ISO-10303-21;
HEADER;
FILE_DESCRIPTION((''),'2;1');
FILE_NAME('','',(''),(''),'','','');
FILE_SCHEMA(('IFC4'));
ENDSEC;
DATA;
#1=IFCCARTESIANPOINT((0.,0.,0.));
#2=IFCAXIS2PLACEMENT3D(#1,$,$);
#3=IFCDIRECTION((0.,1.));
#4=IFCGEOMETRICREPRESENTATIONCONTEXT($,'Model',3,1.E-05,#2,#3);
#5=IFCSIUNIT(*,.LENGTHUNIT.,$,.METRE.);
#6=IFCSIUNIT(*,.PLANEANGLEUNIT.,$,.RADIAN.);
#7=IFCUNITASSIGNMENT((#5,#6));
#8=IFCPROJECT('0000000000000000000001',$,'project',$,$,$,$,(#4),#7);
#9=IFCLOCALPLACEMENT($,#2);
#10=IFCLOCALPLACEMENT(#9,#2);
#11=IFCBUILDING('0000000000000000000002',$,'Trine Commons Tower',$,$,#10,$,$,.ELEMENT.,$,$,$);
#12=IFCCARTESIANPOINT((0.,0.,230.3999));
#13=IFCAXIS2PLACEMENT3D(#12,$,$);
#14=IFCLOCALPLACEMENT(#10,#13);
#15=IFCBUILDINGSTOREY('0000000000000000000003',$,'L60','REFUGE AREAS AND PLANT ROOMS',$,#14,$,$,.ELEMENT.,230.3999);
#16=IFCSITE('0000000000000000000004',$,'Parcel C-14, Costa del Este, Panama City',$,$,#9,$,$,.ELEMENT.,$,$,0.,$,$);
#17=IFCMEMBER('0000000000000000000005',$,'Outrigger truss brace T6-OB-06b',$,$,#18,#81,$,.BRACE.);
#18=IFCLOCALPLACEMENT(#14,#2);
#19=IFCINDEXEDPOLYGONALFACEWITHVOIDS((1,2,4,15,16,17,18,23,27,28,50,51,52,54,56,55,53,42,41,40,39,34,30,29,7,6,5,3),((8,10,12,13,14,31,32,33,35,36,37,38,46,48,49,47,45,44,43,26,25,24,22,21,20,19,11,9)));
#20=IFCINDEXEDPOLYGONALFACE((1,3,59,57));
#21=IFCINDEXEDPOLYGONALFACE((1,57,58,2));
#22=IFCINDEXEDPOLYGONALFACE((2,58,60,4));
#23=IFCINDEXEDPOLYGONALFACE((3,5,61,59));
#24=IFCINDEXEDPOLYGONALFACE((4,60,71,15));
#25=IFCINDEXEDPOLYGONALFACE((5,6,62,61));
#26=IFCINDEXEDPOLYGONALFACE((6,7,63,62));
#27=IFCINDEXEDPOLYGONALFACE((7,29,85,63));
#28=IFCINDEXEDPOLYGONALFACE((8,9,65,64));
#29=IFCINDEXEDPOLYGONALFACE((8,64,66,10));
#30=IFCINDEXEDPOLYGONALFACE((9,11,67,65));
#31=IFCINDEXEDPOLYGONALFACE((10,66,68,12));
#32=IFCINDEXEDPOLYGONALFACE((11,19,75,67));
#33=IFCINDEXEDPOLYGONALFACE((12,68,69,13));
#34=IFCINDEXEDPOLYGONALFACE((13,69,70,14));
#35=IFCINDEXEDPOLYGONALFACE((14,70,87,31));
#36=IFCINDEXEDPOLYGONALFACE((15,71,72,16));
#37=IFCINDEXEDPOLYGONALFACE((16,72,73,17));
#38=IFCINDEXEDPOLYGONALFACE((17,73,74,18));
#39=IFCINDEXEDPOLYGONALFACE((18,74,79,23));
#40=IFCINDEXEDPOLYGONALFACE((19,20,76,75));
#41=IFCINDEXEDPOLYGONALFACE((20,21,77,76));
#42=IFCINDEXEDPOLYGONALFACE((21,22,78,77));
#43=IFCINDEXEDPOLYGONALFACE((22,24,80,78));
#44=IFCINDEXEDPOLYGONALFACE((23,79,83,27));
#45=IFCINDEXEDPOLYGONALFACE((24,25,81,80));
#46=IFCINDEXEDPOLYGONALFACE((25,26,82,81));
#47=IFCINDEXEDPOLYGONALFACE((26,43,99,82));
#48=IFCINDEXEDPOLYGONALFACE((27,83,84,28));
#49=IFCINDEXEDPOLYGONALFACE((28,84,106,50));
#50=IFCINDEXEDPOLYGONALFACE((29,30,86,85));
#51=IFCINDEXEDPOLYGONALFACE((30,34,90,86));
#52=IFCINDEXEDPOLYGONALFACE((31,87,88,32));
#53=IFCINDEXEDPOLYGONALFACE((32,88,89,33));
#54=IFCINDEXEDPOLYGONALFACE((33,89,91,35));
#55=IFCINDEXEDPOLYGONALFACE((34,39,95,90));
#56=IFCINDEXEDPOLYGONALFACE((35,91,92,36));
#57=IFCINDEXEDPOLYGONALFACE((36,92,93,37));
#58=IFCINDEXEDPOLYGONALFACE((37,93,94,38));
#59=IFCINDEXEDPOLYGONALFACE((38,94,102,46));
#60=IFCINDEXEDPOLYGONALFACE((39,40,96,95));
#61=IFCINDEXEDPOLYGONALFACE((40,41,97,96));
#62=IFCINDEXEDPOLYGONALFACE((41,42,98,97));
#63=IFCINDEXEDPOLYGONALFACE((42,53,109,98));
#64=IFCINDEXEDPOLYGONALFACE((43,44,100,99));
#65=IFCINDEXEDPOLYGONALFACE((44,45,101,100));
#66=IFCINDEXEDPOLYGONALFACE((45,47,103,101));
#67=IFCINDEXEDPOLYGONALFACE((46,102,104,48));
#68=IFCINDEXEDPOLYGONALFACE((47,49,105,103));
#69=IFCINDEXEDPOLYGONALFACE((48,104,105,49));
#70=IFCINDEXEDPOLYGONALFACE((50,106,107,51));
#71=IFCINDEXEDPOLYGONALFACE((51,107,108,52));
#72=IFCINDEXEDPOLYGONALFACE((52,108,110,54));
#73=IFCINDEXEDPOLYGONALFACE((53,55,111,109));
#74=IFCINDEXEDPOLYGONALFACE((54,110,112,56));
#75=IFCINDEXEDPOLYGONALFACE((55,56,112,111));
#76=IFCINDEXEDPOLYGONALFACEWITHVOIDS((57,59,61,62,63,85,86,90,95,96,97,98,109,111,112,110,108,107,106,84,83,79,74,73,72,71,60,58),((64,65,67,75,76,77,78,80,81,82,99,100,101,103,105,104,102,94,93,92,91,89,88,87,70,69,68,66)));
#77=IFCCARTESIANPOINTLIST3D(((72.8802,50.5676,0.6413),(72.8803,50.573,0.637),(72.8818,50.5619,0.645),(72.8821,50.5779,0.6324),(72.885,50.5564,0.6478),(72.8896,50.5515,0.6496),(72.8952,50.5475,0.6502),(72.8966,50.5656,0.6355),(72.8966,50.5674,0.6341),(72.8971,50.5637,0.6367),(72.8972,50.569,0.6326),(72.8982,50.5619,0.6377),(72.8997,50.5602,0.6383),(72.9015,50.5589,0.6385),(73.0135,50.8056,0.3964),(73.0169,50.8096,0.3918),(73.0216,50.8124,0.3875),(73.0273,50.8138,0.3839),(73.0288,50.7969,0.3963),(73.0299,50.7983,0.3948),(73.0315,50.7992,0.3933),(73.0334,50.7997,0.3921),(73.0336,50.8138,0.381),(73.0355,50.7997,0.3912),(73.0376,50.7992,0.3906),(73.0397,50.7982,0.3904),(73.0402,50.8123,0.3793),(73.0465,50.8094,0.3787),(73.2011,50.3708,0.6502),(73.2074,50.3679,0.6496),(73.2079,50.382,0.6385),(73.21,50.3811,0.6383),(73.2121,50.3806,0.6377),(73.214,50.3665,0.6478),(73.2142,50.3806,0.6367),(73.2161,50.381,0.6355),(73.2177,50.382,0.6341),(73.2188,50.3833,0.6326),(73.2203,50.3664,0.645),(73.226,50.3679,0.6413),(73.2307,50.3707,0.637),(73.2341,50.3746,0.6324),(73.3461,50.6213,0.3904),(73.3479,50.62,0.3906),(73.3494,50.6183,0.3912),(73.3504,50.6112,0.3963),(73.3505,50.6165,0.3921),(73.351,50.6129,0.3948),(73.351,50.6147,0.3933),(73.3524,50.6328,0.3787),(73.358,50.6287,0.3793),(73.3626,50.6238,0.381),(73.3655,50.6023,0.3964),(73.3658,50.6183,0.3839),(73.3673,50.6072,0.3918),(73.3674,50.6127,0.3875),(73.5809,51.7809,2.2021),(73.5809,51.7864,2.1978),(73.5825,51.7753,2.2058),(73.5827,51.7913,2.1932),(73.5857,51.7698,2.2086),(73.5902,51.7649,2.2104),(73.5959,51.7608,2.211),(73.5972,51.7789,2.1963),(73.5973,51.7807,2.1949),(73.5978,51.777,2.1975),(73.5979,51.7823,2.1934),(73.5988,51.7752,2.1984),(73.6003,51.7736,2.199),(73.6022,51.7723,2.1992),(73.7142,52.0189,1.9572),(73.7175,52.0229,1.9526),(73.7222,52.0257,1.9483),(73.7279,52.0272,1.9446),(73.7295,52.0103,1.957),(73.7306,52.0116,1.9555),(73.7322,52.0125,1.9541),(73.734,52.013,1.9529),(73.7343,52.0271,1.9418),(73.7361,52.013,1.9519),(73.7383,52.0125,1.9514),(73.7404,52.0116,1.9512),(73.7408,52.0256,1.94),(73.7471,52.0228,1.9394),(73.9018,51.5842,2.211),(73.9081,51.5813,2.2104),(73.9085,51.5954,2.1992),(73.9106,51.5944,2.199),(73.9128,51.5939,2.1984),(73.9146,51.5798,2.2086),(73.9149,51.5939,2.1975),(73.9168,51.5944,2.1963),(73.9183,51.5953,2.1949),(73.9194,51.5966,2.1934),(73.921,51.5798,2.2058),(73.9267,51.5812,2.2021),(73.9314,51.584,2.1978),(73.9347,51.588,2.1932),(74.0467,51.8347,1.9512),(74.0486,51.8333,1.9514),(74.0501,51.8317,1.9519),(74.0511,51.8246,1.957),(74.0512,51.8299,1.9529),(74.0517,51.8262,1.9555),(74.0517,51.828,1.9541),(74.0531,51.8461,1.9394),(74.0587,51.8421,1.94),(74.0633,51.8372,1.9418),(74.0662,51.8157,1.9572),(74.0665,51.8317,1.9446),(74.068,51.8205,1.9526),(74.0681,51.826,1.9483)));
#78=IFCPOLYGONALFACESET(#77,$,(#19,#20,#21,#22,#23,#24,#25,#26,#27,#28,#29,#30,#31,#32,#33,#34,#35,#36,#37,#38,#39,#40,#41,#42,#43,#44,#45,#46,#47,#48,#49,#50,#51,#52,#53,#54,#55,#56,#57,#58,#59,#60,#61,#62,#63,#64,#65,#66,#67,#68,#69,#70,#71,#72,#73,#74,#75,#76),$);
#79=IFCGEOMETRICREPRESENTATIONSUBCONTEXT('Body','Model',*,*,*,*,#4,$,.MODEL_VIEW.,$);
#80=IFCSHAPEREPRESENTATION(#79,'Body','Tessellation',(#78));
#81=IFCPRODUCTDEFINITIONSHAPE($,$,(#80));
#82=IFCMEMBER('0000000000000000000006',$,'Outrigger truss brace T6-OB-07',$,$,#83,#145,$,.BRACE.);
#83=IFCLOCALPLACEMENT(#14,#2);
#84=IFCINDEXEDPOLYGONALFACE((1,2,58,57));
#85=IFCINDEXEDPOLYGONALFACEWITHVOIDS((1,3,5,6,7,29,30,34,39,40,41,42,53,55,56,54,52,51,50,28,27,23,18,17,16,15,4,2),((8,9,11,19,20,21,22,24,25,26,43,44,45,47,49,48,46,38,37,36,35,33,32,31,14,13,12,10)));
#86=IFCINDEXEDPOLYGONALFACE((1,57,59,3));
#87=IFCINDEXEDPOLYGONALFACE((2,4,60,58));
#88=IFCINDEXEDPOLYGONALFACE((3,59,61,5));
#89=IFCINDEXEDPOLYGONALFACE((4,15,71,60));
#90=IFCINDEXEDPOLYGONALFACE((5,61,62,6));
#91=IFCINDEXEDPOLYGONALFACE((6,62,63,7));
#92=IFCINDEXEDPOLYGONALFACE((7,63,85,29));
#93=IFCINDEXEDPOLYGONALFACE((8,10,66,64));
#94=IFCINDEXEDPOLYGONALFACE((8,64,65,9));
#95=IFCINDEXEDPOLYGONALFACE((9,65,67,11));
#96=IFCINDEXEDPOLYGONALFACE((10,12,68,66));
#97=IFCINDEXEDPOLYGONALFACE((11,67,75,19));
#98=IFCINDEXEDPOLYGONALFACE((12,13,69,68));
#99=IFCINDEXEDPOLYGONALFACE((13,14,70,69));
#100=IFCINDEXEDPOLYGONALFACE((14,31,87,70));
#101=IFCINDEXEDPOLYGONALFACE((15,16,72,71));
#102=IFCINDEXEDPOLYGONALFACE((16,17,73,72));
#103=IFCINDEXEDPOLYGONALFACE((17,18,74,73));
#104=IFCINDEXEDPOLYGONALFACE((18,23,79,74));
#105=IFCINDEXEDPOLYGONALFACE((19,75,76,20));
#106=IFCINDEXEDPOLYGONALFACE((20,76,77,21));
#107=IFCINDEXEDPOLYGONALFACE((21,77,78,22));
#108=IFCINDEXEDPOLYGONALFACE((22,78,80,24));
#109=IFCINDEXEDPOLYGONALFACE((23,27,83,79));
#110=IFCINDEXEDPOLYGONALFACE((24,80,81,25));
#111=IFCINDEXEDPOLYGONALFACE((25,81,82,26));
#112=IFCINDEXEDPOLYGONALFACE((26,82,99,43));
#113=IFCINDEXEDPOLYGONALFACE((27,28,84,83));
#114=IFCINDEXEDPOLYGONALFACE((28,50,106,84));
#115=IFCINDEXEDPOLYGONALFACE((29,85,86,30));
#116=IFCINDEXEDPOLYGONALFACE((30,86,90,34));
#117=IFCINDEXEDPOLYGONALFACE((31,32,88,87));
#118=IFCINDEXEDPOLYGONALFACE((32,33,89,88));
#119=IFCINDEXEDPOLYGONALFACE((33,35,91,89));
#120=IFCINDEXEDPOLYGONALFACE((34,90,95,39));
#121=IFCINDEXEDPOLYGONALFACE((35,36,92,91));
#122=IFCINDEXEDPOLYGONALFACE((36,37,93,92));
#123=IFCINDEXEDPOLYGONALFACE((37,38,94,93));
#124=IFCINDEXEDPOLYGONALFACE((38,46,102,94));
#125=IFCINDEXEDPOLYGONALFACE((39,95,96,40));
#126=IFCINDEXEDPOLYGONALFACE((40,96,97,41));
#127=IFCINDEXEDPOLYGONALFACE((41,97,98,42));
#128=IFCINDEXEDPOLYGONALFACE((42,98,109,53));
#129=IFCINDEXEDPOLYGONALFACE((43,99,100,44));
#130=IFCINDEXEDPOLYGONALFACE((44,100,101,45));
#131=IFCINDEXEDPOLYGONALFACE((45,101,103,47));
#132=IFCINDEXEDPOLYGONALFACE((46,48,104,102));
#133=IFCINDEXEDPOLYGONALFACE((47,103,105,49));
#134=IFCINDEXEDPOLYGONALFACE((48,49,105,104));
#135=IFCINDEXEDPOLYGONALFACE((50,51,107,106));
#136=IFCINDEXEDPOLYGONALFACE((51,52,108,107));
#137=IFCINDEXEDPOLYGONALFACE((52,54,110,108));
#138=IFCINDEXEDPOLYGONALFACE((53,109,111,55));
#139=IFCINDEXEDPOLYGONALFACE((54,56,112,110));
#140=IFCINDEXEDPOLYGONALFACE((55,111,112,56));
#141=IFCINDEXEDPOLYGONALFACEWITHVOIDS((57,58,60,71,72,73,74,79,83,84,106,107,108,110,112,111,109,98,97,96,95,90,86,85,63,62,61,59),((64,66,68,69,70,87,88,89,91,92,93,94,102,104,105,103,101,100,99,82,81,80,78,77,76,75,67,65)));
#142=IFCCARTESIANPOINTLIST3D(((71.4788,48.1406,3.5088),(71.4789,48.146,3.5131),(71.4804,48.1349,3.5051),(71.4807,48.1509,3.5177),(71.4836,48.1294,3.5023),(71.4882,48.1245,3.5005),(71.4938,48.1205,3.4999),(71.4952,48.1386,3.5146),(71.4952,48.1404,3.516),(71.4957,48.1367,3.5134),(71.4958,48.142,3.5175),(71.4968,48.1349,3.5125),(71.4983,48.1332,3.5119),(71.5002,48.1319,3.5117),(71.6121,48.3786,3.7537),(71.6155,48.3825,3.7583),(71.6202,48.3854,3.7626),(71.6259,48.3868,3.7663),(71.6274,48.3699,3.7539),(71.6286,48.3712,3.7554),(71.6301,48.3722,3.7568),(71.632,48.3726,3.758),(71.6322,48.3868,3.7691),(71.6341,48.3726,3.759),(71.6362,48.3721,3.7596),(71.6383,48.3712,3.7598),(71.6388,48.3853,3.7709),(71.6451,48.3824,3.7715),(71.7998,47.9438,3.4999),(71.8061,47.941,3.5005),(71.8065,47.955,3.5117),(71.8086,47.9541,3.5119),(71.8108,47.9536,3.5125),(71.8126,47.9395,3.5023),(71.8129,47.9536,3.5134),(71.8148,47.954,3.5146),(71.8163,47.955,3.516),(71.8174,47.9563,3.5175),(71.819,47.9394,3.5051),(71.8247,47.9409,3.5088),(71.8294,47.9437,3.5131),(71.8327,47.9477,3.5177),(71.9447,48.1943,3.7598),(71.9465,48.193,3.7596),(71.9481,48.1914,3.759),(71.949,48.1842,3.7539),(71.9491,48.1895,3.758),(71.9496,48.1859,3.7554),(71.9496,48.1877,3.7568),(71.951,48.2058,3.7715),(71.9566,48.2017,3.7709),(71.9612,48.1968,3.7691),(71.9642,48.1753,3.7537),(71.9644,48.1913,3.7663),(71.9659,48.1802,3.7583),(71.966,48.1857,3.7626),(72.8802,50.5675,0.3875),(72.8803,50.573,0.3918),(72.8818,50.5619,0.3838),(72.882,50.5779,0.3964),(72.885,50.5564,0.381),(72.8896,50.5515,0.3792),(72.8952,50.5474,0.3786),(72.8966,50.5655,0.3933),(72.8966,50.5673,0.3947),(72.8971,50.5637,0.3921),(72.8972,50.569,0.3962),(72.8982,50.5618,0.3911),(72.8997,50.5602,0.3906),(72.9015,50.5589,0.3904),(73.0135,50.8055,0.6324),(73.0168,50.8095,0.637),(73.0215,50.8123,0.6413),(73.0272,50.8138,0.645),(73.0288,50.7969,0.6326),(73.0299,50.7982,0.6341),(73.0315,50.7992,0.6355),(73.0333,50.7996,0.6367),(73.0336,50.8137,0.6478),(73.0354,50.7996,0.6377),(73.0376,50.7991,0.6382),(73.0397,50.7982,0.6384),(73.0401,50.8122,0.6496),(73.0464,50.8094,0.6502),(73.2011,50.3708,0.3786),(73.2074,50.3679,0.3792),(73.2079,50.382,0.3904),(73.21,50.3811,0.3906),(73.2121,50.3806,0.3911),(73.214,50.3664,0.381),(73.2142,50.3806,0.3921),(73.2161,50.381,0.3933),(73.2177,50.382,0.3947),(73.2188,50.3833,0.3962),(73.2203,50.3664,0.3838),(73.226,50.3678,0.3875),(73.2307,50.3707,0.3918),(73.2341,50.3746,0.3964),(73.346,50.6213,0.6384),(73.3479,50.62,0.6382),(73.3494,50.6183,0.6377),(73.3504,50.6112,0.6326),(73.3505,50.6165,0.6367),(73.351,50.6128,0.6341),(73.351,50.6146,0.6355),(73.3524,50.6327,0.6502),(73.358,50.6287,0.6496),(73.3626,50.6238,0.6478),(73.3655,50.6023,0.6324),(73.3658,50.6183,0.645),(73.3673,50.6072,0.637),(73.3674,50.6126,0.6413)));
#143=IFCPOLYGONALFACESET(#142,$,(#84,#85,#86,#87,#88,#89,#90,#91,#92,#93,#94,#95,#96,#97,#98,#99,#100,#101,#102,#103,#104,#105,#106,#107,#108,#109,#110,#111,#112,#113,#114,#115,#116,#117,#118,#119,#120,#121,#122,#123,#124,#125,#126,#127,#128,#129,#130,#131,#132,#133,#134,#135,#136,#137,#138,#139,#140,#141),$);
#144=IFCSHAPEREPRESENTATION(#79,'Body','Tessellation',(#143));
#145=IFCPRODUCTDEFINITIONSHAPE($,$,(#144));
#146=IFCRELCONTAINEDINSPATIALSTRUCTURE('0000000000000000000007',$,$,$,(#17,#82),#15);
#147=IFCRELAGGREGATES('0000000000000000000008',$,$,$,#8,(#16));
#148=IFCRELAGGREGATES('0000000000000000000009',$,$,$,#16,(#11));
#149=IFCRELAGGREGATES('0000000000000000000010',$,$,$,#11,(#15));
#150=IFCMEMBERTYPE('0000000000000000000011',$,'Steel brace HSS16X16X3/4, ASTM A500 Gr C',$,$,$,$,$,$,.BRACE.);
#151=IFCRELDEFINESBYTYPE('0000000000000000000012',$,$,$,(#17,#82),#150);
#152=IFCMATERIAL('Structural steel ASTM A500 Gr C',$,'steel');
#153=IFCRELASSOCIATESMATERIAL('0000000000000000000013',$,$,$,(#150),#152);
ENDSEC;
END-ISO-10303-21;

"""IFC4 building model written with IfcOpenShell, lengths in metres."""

from ifc_helpers import new_model, si_unit, direction, frame, origin, origin_2d, place, context, subcontext, project, spatial, hollow_rectangle, extrude, material, material_profile, profile_set, type_object, element, save


model = new_model("IFC4")

# Units and contexts
model_context = context("Model", 3, precision=1e-05, world=origin(), true_north=direction((0.0, 1.0)))
body_context = subcontext(model_context, "Body", "Model", "MODEL_VIEW")
ifc_project = project(units=[si_unit("LENGTHUNIT", "METRE"), si_unit("PLANEANGLEUNIT", "RADIAN")], contexts=[model_context])

# Site, building, storey
site_placement = place(None, origin())
site = spatial("IfcSite", under=ifc_project, at=site_placement, Name="Parcel C-14, Costa del Este, Panama City", CompositionType="ELEMENT", RefElevation=0.0)
building_placement = place(site_placement, origin())
building = spatial("IfcBuilding", under=site, at=building_placement, Name="Trine Commons Tower", CompositionType="ELEMENT")
storey_placement = place(building_placement, frame((0.0, 0.0, 230.3999)))
storey = spatial("IfcBuildingStorey", under=building, at=storey_placement, Name="L60", Description="REFUGE AREAS AND PLANT ROOMS", CompositionType="ELEMENT", Elevation=230.3999)

# Members
ifc_material_1 = material(Name="Structural steel ASTM A500 Gr C", Category="steel")
ifc_material_profile_1 = material_profile(ifc_material_1, hollow_rectangle(XDim=0.4065, YDim=0.4065, WallThickness=0.0176, InnerFilletRadius=0.0088, OuterFilletRadius=0.0266, at=origin_2d()), Name="HSS16X16X3/4")
ifc_profile_set_1 = profile_set([ifc_material_profile_1], Name="Structural steel ASTM A500 Gr C")
member_type_1 = type_object("IfcMemberType", Name="Steel brace HSS16X16X3/4, ASTM A500 Gr C", PredefinedType="BRACE", material=ifc_profile_set_1)
member_1_placement = place(storey_placement, frame((73.8245, 51.8035, 2.0752), z_axis=(-0.334064, -0.578501, -0.744136), x_axis=(0.865982, -0.500074, 0.0)))
element("IfcMember", 1, at=member_1_placement, inside=storey, type_object=member_type_1, Name="Outrigger truss brace T6-OB-06b", PredefinedType="BRACE", context=body_context, shape_type="SweptSolid", body=[
    extrude(hollow_rectangle(XDim=0.4065, YDim=0.4065, WallThickness=0.0176, InnerFilletRadius=0.0088, OuterFilletRadius=0.0266, at=origin_2d()), origin(), (0.0, 0.0, 1.0), 2.0974),
])
member_2_placement = place(storey_placement, frame((73.1238, 50.5901, 0.5144), z_axis=(-0.334067, -0.578565, 0.744085), x_axis=(0.866004, -0.500037, 0.0)))
element("IfcMember", 2, at=member_2_placement, inside=storey, type_object=member_type_1, Name="Outrigger truss brace T6-OB-07", PredefinedType="BRACE", context=body_context, shape_type="SweptSolid", body=[
    extrude(hollow_rectangle(XDim=0.4065, YDim=0.4065, WallThickness=0.0176, InnerFilletRadius=0.0088, OuterFilletRadius=0.0266, at=origin_2d()), origin(), (0.0, 0.0, 1.0), 4.1948),
])

save(model, "model.ifc")
